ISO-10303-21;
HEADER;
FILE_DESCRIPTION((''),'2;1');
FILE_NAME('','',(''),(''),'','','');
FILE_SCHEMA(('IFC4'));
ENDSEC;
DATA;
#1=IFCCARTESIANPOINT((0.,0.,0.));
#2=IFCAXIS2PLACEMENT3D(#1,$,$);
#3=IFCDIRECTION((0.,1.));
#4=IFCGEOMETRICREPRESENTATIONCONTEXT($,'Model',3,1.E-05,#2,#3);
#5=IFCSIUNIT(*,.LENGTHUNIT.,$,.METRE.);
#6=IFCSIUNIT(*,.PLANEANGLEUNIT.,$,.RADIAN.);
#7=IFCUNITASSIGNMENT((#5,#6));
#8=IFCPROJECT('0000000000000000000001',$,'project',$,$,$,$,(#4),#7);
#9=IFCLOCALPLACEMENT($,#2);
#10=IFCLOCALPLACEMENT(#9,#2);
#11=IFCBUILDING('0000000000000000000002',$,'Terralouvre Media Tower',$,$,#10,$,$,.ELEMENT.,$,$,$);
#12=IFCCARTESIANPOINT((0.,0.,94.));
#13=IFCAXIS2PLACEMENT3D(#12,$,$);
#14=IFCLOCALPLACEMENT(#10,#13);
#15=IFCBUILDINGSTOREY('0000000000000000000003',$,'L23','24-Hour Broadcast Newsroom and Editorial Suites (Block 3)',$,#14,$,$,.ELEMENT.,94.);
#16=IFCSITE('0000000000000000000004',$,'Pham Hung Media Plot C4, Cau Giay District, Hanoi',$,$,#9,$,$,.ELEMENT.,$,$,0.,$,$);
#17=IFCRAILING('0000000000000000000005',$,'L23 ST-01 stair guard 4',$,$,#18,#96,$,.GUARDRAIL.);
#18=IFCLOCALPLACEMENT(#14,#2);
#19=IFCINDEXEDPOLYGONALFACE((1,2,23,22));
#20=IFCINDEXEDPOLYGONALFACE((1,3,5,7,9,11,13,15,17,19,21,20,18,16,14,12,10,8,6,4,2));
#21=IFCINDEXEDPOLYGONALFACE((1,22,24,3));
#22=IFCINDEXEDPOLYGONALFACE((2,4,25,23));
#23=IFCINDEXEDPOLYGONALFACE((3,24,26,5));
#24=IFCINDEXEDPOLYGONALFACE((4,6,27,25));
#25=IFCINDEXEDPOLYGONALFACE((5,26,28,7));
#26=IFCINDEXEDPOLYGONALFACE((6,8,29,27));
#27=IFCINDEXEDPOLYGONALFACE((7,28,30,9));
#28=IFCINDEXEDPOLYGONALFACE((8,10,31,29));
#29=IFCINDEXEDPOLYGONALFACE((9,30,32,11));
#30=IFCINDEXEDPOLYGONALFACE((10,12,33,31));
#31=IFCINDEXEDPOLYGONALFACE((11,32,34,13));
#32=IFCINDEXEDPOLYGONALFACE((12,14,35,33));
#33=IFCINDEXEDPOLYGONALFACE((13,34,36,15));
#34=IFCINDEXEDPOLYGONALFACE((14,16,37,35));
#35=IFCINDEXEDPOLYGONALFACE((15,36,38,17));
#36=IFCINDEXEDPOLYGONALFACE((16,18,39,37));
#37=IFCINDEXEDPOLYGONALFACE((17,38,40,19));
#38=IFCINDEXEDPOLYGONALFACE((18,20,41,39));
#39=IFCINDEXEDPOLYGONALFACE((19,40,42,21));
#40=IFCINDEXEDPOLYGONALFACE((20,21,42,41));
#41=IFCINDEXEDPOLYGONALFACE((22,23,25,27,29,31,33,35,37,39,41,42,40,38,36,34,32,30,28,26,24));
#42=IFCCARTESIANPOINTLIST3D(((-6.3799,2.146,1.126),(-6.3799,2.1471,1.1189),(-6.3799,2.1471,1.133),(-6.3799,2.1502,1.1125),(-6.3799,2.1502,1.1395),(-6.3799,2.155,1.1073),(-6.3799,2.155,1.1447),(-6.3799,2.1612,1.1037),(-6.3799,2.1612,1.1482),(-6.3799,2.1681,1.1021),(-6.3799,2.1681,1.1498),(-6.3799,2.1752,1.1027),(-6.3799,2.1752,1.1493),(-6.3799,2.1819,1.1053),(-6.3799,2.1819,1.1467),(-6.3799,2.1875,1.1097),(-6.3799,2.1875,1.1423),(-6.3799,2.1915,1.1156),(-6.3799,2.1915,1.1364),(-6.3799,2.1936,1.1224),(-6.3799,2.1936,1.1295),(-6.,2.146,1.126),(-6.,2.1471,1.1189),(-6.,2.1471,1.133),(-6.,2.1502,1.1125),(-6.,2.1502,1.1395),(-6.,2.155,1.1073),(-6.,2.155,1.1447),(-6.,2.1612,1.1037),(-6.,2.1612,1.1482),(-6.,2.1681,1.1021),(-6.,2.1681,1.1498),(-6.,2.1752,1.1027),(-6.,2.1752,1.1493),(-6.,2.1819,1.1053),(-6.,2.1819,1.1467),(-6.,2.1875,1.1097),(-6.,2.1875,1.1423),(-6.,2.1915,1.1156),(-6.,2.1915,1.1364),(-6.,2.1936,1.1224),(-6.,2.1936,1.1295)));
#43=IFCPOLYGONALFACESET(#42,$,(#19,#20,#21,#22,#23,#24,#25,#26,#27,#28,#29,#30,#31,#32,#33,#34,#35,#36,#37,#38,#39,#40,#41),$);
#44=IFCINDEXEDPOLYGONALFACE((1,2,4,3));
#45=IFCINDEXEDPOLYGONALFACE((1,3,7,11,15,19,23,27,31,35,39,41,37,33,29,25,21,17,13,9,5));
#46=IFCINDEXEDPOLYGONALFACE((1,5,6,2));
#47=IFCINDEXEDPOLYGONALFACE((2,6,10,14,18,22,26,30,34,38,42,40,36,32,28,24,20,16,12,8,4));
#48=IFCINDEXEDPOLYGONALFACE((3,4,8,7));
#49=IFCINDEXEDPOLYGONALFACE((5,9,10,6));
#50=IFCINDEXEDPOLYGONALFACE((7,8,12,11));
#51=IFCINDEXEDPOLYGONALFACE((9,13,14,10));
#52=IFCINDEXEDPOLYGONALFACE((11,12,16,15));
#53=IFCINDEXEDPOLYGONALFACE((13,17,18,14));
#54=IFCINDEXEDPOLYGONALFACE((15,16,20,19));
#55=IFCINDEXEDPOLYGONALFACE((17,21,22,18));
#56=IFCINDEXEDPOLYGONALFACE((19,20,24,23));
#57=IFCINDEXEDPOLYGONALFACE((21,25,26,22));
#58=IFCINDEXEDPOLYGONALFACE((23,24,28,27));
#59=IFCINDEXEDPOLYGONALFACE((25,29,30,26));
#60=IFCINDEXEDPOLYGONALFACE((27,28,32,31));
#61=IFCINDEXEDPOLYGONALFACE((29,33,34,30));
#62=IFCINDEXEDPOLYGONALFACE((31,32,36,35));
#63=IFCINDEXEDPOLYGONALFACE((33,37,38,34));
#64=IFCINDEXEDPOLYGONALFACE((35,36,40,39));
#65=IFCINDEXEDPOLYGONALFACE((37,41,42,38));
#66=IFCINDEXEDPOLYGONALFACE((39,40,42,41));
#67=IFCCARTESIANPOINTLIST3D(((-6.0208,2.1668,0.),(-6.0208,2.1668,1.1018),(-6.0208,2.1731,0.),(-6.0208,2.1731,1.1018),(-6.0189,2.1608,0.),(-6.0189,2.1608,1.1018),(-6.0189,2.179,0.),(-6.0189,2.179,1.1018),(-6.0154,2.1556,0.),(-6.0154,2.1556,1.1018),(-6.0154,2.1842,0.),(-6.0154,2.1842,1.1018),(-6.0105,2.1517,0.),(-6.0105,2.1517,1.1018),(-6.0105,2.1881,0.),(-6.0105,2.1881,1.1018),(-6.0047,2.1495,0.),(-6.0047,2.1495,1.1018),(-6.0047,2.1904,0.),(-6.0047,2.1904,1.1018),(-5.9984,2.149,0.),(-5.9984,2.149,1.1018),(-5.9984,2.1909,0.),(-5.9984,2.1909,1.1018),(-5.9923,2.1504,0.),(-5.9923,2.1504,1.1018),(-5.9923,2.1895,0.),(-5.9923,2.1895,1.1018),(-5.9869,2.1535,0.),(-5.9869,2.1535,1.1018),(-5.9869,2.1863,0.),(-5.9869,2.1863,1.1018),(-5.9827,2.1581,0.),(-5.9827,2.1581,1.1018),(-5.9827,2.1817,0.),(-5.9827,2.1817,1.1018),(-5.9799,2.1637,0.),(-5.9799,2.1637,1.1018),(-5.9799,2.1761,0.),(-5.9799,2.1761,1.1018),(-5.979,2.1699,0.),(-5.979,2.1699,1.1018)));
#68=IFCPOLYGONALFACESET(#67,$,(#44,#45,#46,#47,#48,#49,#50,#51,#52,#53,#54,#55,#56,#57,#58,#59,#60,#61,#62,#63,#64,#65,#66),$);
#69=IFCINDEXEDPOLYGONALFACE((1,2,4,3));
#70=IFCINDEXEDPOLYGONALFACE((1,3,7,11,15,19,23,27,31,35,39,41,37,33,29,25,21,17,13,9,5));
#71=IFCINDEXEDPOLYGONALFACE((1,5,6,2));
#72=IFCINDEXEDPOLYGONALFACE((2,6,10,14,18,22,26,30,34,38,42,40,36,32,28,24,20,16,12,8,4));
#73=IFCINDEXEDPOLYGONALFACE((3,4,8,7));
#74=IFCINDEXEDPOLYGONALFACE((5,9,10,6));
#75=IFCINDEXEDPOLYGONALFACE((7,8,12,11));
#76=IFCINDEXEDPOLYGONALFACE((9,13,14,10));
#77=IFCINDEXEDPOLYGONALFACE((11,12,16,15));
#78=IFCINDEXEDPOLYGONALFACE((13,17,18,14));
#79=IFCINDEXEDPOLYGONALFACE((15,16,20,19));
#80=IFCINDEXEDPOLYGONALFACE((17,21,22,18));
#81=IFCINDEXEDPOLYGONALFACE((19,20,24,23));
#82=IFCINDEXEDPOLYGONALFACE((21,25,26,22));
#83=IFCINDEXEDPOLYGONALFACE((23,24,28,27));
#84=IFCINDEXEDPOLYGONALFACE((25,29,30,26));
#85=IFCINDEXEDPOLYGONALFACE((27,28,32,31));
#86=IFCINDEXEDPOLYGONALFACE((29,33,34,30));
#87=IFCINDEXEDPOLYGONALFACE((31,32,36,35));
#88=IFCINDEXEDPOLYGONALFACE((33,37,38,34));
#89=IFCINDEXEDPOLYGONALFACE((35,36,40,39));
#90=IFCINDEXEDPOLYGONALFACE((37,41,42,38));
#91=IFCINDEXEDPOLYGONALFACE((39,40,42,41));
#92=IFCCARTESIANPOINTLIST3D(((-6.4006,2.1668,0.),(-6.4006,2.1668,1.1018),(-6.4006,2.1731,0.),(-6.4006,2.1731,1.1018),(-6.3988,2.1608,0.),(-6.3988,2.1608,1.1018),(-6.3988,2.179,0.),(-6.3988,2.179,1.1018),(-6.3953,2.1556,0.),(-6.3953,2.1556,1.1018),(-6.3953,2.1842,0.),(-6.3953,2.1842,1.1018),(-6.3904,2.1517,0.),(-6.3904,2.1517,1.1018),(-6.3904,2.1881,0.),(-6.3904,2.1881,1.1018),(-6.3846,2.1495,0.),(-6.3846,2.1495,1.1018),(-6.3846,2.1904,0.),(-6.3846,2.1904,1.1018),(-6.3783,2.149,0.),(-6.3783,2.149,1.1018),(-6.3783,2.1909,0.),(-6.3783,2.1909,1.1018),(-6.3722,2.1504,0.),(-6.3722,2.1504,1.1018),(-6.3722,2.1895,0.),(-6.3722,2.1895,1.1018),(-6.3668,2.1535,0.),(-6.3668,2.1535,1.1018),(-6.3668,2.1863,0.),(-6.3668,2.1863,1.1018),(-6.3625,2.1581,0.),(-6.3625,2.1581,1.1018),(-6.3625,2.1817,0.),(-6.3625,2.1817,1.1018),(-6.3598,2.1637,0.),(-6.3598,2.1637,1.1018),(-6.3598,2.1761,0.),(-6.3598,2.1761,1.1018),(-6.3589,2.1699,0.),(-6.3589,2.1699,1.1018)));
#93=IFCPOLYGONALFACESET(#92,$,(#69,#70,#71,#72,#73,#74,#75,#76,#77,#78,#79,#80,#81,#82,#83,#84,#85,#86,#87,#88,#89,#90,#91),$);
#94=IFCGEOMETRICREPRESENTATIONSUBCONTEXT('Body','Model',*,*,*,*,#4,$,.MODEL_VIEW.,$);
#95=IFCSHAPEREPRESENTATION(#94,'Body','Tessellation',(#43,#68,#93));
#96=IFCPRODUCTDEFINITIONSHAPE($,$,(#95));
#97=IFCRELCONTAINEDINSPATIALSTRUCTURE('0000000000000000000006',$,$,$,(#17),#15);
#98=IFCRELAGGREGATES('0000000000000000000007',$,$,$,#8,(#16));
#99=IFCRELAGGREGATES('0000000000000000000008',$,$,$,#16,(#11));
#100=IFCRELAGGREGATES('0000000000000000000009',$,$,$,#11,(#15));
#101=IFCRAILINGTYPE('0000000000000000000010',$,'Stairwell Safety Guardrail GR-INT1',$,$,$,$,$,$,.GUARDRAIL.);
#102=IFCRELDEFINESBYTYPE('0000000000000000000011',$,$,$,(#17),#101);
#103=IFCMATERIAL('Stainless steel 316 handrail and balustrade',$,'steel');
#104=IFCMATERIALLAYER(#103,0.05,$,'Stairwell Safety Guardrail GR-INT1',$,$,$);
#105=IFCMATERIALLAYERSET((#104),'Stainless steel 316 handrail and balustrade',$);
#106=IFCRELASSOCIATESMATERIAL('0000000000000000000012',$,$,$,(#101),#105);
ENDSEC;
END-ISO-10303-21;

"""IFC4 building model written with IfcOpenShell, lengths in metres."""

from ifc_helpers import new_model, si_unit, direction, frame, origin, origin_2d, place, context, subcontext, project, spatial, circle, extrude, material, layer, layer_set, type_object, element, save


model = new_model("IFC4")

# Units and contexts
model_context = context("Model", 3, precision=1e-05, world=origin(), true_north=direction((0.0, 1.0)))
body_context = subcontext(model_context, "Body", "Model", "MODEL_VIEW")
ifc_project = project(units=[si_unit("LENGTHUNIT", "METRE"), si_unit("PLANEANGLEUNIT", "RADIAN")], contexts=[model_context])

# Site, building, storey
site_placement = place(None, origin())
site = spatial("IfcSite", under=ifc_project, at=site_placement, Name="Pham Hung Media Plot C4, Cau Giay District, Hanoi", CompositionType="ELEMENT", RefElevation=0.0)
building_placement = place(site_placement, origin())
building = spatial("IfcBuilding", under=site, at=building_placement, Name="Terralouvre Media Tower", CompositionType="ELEMENT")
storey_placement = place(building_placement, frame((0.0, 0.0, 94.0)))
storey = spatial("IfcBuildingStorey", under=building, at=storey_placement, Name="L23", Description="24-Hour Broadcast Newsroom and Editorial Suites (Block 3)", CompositionType="ELEMENT", Elevation=94.0)

# Railing
ifc_material_1 = material(Name="Stainless steel 316 handrail and balustrade", Category="steel")
ifc_layer_1 = layer(ifc_material_1, 0.05, Name="Stairwell Safety Guardrail GR-INT1")
ifc_layer_set_1 = layer_set([ifc_layer_1], Name="Stainless steel 316 handrail and balustrade")
railing_type_1 = type_object("IfcRailingType", Name="Stairwell Safety Guardrail GR-INT1", PredefinedType="GUARDRAIL", material=ifc_layer_set_1)
railing_1_placement = place(storey_placement, frame((-6.0, 2.1699, 0.0)))
element("IfcRailing", 1, at=railing_1_placement, inside=storey, type_object=railing_type_1, Name="L23 ST-01 stair guard 4", PredefinedType="GUARDRAIL", context=body_context, shape_type="SweptSolid", body=[
    extrude(circle(Radius=0.0239, at=origin_2d()), frame((0.0, 0.0, 1.126), z_axis=(-1.0, 0.0, 0.0), x_axis=(0.0, -1.0, 0.0)), (0.0, 0.0, 1.0), 0.3799),
    extrude(circle(Radius=0.021, at=origin_2d()), origin(), (0.0, 0.0, 1.0), 1.1018),
    extrude(circle(Radius=0.021, at=origin_2d()), frame((-0.3799, 0.0, 0.0)), (0.0, 0.0, 1.0), 1.1018),
])

save(model, "model.ifc")
